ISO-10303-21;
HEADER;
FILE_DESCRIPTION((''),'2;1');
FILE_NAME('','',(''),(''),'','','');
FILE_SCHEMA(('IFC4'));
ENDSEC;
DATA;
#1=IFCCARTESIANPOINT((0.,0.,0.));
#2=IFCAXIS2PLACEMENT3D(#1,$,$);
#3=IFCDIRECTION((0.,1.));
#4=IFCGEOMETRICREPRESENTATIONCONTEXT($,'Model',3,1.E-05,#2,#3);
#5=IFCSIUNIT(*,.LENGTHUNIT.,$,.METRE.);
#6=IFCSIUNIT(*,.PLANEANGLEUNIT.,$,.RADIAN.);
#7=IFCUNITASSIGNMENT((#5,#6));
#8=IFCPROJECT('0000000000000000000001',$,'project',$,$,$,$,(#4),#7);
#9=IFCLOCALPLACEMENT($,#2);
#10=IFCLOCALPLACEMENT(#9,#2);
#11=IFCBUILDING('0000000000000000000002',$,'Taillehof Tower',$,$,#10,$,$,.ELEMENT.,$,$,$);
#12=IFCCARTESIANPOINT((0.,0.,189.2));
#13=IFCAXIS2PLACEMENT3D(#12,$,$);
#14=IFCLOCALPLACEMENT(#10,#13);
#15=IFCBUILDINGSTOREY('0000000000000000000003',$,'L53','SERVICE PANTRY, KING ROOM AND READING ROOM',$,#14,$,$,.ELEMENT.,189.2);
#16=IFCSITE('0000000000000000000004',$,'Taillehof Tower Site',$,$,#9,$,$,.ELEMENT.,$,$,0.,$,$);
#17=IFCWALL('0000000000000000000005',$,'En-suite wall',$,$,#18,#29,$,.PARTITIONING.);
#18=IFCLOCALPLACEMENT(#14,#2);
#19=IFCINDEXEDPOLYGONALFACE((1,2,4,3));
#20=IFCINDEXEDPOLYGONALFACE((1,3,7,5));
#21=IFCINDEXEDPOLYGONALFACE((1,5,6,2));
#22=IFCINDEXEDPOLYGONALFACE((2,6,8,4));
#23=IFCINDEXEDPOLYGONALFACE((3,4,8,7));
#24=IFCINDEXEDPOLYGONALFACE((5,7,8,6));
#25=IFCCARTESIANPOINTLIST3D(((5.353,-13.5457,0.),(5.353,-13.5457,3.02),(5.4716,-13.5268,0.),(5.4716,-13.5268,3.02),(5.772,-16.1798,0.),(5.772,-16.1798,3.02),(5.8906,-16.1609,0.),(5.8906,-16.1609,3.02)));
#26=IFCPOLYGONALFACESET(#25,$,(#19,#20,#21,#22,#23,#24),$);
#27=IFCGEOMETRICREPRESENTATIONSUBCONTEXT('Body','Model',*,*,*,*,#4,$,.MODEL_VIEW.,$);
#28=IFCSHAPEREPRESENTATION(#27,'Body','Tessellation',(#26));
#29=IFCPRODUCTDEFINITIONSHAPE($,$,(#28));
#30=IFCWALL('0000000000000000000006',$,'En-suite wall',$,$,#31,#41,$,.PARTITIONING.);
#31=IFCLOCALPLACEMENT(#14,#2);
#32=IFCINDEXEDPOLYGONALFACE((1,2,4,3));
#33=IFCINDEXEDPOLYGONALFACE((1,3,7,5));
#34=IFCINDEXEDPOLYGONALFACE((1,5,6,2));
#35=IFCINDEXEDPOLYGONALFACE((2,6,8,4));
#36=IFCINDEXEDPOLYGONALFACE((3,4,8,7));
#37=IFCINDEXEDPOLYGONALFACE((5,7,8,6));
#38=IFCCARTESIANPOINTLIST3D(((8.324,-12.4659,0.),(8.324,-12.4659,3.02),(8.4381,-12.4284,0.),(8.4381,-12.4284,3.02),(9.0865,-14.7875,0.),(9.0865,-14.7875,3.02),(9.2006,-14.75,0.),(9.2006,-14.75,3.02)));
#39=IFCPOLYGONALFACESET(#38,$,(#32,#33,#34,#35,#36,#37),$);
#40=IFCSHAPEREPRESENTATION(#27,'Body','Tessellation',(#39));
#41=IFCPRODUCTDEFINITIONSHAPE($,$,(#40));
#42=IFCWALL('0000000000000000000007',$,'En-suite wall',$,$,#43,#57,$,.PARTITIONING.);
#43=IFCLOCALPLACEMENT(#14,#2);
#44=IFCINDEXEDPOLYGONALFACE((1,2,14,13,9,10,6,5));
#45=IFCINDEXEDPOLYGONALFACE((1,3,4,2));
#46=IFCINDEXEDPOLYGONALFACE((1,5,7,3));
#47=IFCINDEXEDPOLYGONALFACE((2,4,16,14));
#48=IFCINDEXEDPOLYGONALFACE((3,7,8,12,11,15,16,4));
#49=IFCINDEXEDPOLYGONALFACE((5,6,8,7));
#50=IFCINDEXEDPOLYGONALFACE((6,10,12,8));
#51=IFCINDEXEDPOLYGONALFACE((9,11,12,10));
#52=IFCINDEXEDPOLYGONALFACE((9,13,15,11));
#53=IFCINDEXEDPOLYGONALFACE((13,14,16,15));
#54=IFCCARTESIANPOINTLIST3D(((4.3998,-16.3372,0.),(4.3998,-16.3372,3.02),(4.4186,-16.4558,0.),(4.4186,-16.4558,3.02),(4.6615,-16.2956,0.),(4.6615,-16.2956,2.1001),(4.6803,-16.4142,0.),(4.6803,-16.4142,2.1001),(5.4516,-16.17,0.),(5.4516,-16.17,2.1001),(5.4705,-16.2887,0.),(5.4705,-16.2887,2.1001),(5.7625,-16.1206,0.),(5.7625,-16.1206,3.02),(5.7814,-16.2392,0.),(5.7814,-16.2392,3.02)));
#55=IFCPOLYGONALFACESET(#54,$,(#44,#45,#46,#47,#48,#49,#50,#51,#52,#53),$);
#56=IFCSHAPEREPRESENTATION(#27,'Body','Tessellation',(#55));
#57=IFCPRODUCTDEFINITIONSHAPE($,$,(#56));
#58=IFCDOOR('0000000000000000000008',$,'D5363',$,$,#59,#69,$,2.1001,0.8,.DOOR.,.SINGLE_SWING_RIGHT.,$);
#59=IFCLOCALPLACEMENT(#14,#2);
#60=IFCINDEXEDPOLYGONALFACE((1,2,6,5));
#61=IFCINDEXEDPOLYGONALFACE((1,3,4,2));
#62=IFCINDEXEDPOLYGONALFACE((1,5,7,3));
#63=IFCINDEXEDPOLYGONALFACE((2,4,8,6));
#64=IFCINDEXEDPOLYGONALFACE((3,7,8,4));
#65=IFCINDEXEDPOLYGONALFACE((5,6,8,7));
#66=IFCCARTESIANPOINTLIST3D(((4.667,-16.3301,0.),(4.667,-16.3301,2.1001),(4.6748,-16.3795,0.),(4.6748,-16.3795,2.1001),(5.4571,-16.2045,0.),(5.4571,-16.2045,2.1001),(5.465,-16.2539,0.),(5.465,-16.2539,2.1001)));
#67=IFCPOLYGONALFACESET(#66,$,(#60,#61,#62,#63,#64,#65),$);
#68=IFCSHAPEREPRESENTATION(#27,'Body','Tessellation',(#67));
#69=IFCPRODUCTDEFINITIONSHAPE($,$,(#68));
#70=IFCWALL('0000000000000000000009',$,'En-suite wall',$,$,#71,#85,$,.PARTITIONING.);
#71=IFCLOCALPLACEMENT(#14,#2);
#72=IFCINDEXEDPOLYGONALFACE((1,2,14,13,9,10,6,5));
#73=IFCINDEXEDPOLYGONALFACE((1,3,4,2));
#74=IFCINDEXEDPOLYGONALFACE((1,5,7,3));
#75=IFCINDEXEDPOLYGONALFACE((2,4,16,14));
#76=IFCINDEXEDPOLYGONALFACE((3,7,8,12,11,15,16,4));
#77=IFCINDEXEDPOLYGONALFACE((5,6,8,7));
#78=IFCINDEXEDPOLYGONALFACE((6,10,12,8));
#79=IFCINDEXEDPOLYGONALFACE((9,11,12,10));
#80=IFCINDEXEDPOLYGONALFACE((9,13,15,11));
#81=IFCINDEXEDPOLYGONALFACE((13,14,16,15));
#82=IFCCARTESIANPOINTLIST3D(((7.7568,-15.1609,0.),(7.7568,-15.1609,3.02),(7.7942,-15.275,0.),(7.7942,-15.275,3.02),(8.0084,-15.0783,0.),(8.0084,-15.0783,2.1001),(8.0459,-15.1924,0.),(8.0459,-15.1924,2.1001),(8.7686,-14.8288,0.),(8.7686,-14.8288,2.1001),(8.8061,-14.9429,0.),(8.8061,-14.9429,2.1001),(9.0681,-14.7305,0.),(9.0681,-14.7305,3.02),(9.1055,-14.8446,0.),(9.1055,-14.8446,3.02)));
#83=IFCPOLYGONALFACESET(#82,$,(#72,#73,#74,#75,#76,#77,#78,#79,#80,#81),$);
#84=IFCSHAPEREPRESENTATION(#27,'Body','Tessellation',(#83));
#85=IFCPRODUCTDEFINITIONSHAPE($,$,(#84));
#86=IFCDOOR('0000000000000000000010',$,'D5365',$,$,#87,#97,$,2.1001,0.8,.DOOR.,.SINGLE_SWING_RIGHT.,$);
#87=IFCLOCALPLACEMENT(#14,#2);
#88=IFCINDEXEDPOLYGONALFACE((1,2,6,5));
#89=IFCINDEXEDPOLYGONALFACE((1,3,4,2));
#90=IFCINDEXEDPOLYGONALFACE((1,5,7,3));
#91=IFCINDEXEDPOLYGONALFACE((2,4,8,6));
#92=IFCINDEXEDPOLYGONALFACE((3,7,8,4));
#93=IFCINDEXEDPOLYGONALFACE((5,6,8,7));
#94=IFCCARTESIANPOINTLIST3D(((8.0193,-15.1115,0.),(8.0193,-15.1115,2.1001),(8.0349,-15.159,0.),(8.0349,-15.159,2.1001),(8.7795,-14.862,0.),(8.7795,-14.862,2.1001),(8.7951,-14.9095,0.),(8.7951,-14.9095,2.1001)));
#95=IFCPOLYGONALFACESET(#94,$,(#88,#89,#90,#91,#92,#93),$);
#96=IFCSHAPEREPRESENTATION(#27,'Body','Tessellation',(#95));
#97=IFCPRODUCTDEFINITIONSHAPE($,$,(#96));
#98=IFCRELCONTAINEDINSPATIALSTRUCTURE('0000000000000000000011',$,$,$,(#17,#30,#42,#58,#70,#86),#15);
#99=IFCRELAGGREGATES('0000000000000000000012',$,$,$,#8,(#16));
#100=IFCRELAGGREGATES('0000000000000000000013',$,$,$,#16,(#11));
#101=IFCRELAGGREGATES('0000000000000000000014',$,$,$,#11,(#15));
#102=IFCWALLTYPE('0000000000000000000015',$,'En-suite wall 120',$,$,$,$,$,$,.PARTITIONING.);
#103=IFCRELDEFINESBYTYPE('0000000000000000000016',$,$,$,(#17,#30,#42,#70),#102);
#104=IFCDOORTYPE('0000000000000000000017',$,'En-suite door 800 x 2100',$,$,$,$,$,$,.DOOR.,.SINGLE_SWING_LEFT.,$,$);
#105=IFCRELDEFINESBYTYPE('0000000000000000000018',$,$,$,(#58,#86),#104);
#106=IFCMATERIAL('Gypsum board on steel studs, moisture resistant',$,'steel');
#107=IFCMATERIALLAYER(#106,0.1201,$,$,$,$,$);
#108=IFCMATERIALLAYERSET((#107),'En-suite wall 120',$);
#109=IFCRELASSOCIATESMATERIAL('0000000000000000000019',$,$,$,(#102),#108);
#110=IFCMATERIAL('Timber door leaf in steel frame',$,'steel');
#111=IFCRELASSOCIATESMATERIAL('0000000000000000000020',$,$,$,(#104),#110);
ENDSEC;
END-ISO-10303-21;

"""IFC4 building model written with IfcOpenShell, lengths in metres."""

from ifc_helpers import new_model, si_unit, direction, frame, frame_2d, origin, place, context, subcontext, project, spatial, rectangle, extrude, material, layer, layer_set, type_object, element, fill, save


model = new_model("IFC4")

# Units and contexts
model_context = context("Model", 3, precision=1e-05, world=origin(), true_north=direction((0.0, 1.0)))
body_context = subcontext(model_context, "Body", "Model", "MODEL_VIEW")
ifc_project = project(units=[si_unit("LENGTHUNIT", "METRE"), si_unit("PLANEANGLEUNIT", "RADIAN")], contexts=[model_context])

# Site, building, storey
site_placement = place(None, origin())
site = spatial("IfcSite", under=ifc_project, at=site_placement, Name="Taillehof Tower Site", CompositionType="ELEMENT", RefElevation=0.0)
building_placement = place(site_placement, origin())
building = spatial("IfcBuilding", under=site, at=building_placement, Name="Taillehof Tower", CompositionType="ELEMENT")
storey_placement = place(building_placement, frame((0.0, 0.0, 189.2)))
storey = spatial("IfcBuildingStorey", under=building, at=storey_placement, Name="L53", Description="SERVICE PANTRY, KING ROOM AND READING ROOM", CompositionType="ELEMENT", Elevation=189.2)

# Walls
ifc_material_1 = material(Name="Gypsum board on steel studs, moisture resistant", Category="steel")
ifc_layer_1 = layer(ifc_material_1, 0.1201)
ifc_layer_set_1 = layer_set([ifc_layer_1], Name="En-suite wall 120")
wall_type_1 = type_object("IfcWallType", Name="En-suite wall 120", PredefinedType="PARTITIONING", material=ifc_layer_set_1)
wall_1_placement = place(storey_placement, frame((5.4124, -13.5364, 0.0), z_axis=(0.0, 0.0, 1.0), x_axis=(0.157076, -0.987586, 0.0)))
element("IfcWall", 1, at=wall_1_placement, inside=storey, type_object=wall_type_1, Name="En-suite wall", PredefinedType="PARTITIONING", context=body_context, shape_type="SweptSolid", body=[
    extrude(rectangle(XDim=2.6672, YDim=0.1201, at=frame_2d((1.3335, 0.0))), origin(), (0.0, 0.0, 1.0), 3.02),
])
wall_2_placement = place(storey_placement, frame((8.3811, -12.4473, 0.0), z_axis=(0.0, 0.0, 1.0), x_axis=(0.312028, -0.950073, 0.0)))
element("IfcWall", 2, at=wall_2_placement, inside=storey, type_object=wall_type_1, Name="En-suite wall", PredefinedType="PARTITIONING", context=body_context, shape_type="SweptSolid", body=[
    extrude(rectangle(XDim=2.4436, YDim=0.1201, at=frame_2d((1.2217, 0.0))), origin(), (0.0, 0.0, 1.0), 3.02),
])

# Walls, openings, doors
wall_3_placement = place(storey_placement, frame((5.772, -16.1799, 0.0), z_axis=(0.0, 0.0, 1.0), x_axis=(-0.987609, -0.156935, 0.0)))
wall_3 = element("IfcWall", 3, at=wall_3_placement, inside=storey, type_object=wall_type_1, Name="En-suite wall", PredefinedType="PARTITIONING", context=body_context, shape_type="SweptSolid", body=[
    extrude(rectangle(XDim=1.3799, YDim=0.1201, at=frame_2d((0.6899, 0.0))), origin(), (0.0, 0.0, 1.0), 3.02),
])
opening_1_placement = place(wall_3_placement, frame((0.3149, 0.0, 0.0)))
opening_1 = element("IfcOpeningElement", 4, at=opening_1_placement, cuts=wall_3, PredefinedType="OPENING", context=body_context, shape_type="SweptSolid", body=[
    extrude(rectangle(XDim=0.8, YDim=2.1001, at=frame_2d((0.3999, 1.05))), frame((0.0, 0.0701, 0.0), z_axis=(0.0, -1.0, 0.0), x_axis=(1.0, 0.0, 0.0)), (0.0, 0.0, 1.0), 0.1401),
])
ifc_material_2 = material(Name="Timber door leaf in steel frame", Category="steel")
door_type_1 = type_object("IfcDoorType", Name="En-suite door 800 x 2100", OperationType="SINGLE_SWING_LEFT", PredefinedType="DOOR", material=ifc_material_2)
door_1_placement = place(opening_1_placement, origin())
door_1 = element("IfcDoor", 5, at=door_1_placement, inside=storey, type_object=door_type_1, Name="D5363", OperationType="SINGLE_SWING_RIGHT", OverallHeight=2.1001, OverallWidth=0.8, PredefinedType="DOOR", context=body_context, shape_type="SweptSolid", body=[
    extrude(rectangle(XDim=0.8, YDim=2.1001, at=frame_2d((0.3999, 1.05))), frame((0.0, 0.0249, 0.0), z_axis=(0.0, -1.0, 0.0), x_axis=(1.0, 0.0, 0.0)), (0.0, 0.0, 1.0), 0.05),
])
fill(opening_1, door_1)
wall_4_placement = place(storey_placement, frame((9.0867, -14.7876, 0.0), z_axis=(0.0, 0.0, 1.0), x_axis=(-0.950124, -0.311873, 0.0)))
wall_4 = element("IfcWall", 6, at=wall_4_placement, inside=storey, type_object=wall_type_1, Name="En-suite wall", PredefinedType="PARTITIONING", context=body_context, shape_type="SweptSolid", body=[
    extrude(rectangle(XDim=1.3801, YDim=0.1201, at=frame_2d((0.6899, 0.0))), origin(), (0.0, 0.0, 1.0), 3.02),
])
opening_2_placement = place(wall_4_placement, frame((0.3152, 0.0, 0.0)))
opening_2 = element("IfcOpeningElement", 7, at=opening_2_placement, cuts=wall_4, PredefinedType="OPENING", context=body_context, shape_type="SweptSolid", body=[
    extrude(rectangle(XDim=0.8, YDim=2.1001, at=frame_2d((0.3999, 1.05))), frame((0.0, 0.0701, 0.0), z_axis=(0.0, -1.0, 0.0), x_axis=(1.0, 0.0, 0.0)), (0.0, 0.0, 1.0), 0.1401),
])
door_2_placement = place(opening_2_placement, origin())
door_2 = element("IfcDoor", 8, at=door_2_placement, inside=storey, type_object=door_type_1, Name="D5365", OperationType="SINGLE_SWING_RIGHT", OverallHeight=2.1001, OverallWidth=0.8, PredefinedType="DOOR", context=body_context, shape_type="SweptSolid", body=[
    extrude(rectangle(XDim=0.8, YDim=2.1001, at=frame_2d((0.3999, 1.05))), frame((0.0, 0.0249, 0.0), z_axis=(0.0, -1.0, 0.0), x_axis=(1.0, 0.0, 0.0)), (0.0, 0.0, 1.0), 0.05),
])
fill(opening_2, door_2)

save(model, "model.ifc")
